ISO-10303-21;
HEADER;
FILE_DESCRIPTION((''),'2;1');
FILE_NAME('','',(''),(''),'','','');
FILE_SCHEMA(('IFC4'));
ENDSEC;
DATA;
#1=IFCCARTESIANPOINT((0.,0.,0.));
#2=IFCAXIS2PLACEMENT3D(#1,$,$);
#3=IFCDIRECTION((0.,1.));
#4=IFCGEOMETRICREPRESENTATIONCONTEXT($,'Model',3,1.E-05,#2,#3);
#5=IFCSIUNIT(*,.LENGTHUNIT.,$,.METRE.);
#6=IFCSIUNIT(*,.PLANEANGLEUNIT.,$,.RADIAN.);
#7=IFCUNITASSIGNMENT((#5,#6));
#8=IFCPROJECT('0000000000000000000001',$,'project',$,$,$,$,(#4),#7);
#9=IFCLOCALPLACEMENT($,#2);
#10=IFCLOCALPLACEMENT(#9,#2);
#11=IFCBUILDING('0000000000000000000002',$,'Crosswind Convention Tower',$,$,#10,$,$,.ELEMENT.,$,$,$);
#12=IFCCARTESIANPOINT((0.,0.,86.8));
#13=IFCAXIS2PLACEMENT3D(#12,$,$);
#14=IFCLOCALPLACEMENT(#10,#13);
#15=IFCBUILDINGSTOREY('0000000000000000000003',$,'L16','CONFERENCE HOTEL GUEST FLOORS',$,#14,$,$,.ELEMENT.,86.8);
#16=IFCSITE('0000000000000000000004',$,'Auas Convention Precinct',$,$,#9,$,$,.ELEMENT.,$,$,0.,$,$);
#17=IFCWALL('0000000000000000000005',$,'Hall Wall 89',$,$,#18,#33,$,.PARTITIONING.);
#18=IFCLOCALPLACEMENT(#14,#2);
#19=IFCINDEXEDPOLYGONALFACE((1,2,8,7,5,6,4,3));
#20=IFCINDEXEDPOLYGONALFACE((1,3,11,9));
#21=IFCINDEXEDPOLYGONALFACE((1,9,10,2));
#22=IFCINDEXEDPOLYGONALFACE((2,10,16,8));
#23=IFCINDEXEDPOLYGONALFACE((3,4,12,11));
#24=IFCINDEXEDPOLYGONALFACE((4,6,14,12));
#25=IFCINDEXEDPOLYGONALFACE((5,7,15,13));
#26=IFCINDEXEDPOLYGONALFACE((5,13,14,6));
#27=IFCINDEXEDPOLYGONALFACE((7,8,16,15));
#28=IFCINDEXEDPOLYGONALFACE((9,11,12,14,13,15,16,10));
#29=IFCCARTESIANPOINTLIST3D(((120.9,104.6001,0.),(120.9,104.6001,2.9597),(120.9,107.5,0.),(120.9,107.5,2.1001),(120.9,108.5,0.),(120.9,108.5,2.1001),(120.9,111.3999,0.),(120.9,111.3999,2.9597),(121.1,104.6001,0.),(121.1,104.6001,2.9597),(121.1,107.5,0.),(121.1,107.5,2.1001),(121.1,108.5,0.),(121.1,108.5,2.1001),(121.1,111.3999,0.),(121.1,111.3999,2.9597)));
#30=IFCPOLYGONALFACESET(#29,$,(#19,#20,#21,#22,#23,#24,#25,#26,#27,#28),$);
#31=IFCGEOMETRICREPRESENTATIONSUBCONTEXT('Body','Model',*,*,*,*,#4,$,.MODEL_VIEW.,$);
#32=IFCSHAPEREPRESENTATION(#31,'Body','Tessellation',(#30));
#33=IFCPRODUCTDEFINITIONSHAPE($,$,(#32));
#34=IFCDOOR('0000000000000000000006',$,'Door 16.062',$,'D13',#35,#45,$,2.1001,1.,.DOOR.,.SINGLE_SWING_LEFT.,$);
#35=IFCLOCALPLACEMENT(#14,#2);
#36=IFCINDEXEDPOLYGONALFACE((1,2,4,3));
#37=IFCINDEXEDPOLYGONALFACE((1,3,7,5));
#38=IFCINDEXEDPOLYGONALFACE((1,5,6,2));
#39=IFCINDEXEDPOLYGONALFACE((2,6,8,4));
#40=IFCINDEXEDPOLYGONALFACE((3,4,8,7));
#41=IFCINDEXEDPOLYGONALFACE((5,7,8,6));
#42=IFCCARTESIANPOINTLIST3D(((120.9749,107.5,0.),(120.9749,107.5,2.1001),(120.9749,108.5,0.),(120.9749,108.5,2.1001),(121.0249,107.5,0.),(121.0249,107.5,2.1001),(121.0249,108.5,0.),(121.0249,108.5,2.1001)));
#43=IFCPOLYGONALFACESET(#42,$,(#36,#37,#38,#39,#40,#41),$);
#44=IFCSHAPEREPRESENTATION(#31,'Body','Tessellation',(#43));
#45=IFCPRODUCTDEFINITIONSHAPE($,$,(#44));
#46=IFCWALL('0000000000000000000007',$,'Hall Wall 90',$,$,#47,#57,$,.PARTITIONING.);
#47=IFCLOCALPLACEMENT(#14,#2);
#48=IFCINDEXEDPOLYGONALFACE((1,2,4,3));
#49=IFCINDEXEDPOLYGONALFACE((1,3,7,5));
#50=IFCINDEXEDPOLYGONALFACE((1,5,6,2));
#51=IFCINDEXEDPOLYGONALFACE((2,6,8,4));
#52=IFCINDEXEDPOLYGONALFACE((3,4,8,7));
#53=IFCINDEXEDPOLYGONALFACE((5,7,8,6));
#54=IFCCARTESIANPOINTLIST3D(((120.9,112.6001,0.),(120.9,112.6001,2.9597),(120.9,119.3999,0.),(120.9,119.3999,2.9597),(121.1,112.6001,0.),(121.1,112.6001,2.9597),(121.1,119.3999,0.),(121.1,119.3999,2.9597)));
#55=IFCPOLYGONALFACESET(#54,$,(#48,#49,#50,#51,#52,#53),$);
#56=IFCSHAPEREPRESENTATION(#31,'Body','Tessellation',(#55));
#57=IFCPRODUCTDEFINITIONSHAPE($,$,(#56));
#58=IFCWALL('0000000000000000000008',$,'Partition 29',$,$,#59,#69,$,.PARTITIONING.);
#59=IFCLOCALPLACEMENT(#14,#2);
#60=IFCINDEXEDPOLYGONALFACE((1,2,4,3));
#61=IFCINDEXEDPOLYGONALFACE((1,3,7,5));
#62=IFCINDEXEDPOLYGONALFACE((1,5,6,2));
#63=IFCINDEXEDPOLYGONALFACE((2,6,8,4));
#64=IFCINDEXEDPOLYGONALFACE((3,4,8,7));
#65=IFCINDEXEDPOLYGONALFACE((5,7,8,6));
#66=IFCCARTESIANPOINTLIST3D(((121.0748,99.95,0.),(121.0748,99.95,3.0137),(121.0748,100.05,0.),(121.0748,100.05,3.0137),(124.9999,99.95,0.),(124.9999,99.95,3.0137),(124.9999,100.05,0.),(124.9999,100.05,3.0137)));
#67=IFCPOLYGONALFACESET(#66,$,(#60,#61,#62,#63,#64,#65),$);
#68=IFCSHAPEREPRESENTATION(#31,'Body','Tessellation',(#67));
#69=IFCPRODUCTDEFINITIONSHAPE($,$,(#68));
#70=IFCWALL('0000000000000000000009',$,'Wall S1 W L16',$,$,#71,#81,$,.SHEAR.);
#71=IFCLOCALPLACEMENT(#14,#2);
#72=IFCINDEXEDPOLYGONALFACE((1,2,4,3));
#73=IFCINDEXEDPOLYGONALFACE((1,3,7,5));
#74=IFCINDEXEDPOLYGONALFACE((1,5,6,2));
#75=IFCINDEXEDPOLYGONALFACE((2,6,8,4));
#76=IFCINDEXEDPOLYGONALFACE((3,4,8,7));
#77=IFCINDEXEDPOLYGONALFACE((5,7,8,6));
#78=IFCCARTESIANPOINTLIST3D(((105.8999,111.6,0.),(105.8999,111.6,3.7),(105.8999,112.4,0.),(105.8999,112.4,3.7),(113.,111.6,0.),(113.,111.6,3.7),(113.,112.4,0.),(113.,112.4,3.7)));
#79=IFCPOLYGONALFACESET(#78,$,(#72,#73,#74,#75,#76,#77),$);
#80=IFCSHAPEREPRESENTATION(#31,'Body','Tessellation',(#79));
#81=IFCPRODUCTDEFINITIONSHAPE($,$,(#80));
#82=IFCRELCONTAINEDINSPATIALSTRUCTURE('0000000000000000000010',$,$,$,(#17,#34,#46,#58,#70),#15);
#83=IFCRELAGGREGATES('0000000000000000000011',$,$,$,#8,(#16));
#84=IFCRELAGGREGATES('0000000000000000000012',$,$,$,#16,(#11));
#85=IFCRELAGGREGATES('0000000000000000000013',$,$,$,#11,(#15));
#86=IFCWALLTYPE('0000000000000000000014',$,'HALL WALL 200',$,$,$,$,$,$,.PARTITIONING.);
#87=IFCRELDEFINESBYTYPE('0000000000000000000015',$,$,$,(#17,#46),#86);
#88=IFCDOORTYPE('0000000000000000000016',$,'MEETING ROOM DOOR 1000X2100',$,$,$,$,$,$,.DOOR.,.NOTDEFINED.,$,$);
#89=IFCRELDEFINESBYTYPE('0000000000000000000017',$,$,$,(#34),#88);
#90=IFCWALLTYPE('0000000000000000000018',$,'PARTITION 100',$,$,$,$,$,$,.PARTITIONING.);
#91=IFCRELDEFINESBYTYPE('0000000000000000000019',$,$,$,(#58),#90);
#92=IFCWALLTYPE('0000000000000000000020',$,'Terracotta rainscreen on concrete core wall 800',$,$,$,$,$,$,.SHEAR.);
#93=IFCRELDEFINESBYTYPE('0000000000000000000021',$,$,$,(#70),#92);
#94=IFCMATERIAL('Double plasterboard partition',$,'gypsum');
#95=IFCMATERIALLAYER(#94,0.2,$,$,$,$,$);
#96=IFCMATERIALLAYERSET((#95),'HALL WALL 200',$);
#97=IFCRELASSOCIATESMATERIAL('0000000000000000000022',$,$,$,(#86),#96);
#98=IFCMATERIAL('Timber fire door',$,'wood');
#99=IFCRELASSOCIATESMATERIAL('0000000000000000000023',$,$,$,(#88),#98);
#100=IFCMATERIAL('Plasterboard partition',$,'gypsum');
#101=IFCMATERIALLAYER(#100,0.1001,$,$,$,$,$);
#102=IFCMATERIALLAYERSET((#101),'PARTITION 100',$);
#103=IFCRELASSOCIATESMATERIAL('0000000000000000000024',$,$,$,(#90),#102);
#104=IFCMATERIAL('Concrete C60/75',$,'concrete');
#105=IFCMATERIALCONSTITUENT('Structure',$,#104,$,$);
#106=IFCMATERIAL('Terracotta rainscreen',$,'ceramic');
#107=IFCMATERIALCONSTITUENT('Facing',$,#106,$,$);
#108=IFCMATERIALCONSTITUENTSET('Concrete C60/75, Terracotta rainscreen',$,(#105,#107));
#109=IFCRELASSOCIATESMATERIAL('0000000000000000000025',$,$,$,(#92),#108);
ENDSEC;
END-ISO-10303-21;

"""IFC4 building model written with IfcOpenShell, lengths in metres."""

from ifc_helpers import new_model, si_unit, direction, frame, frame_2d, origin, place, context, subcontext, project, spatial, rectangle, extrude, material, layer, layer_set, constituent, constituent_set, type_object, element, fill, save


model = new_model("IFC4")

# Units and contexts
model_context = context("Model", 3, precision=1e-05, world=origin(), true_north=direction((0.0, 1.0)))
body_context = subcontext(model_context, "Body", "Model", "MODEL_VIEW")
ifc_project = project(units=[si_unit("LENGTHUNIT", "METRE"), si_unit("PLANEANGLEUNIT", "RADIAN")], contexts=[model_context])

# Site, building, storey
site_placement = place(None, origin())
site = spatial("IfcSite", under=ifc_project, at=site_placement, Name="Auas Convention Precinct", CompositionType="ELEMENT", RefElevation=0.0)
building_placement = place(site_placement, origin())
building = spatial("IfcBuilding", under=site, at=building_placement, Name="Crosswind Convention Tower", CompositionType="ELEMENT")
storey_placement = place(building_placement, frame((0.0, 0.0, 86.8)))
storey = spatial("IfcBuildingStorey", under=building, at=storey_placement, Name="L16", Description="CONFERENCE HOTEL GUEST FLOORS", CompositionType="ELEMENT", Elevation=86.8)

# Shared definitions
ifc_material_1 = material(Name="Plasterboard partition", Category="gypsum")

# Shared definitions
ifc_material_2 = material(Name="Timber fire door", Category="wood")

# Wall, opening, door
ifc_material_3 = material(Name="Double plasterboard partition", Category="gypsum")
ifc_layer_1 = layer(ifc_material_3, 0.2)
ifc_layer_set_1 = layer_set([ifc_layer_1], Name="HALL WALL 200")
wall_type_1 = type_object("IfcWallType", Name="HALL WALL 200", PredefinedType="PARTITIONING", material=ifc_layer_set_1)
wall_1_placement = place(storey_placement, frame((121.0, 104.6001, 0.0), z_axis=(0.0, 0.0, 1.0), x_axis=(0.0, 1.0, 0.0)))
wall_1 = element("IfcWall", 1, at=wall_1_placement, inside=storey, type_object=wall_type_1, Name="Hall Wall 89", PredefinedType="PARTITIONING", context=body_context, shape_type="SweptSolid", body=[
    extrude(rectangle(XDim=6.7998, YDim=0.2, at=frame_2d((3.3999, 0.0))), origin(), (0.0, 0.0, 1.0), 2.9597),
])
opening_1_placement = place(wall_1_placement, frame((2.8999, 0.0, 0.0)))
opening_1 = element("IfcOpeningElement", 2, at=opening_1_placement, cuts=wall_1, PredefinedType="OPENING", context=body_context, shape_type="SweptSolid", body=[
    extrude(rectangle(XDim=1.0, YDim=2.1001, at=frame_2d((0.5, 1.05))), frame((0.0, 0.1099, 0.0), z_axis=(0.0, -1.0, 0.0), x_axis=(1.0, 0.0, 0.0)), (0.0, 0.0, 1.0), 0.22),
])
door_type_1 = type_object("IfcDoorType", Name="MEETING ROOM DOOR 1000X2100", OperationType="NOTDEFINED", PredefinedType="DOOR", material=ifc_material_2)
door_1_placement = place(opening_1_placement, frame((1.0, 0.0, 0.0), z_axis=(0.0, 0.0, 1.0), x_axis=(-1.0, 0.0, 0.0)))
door_1 = element("IfcDoor", 3, at=door_1_placement, inside=storey, type_object=door_type_1, Name="Door 16.062", ObjectType="D13", OperationType="SINGLE_SWING_LEFT", OverallHeight=2.1001, OverallWidth=1.0, PredefinedType="DOOR", context=body_context, shape_type="SweptSolid", body=[
    extrude(rectangle(XDim=1.0, YDim=2.1001, at=frame_2d((0.5, 1.05))), frame((0.0, 0.0249, 0.0), z_axis=(0.0, -1.0, 0.0), x_axis=(1.0, 0.0, 0.0)), (0.0, 0.0, 1.0), 0.05),
])
fill(opening_1, door_1)

# Walls
wall_2_placement = place(storey_placement, frame((121.0, 112.6001, 0.0), z_axis=(0.0, 0.0, 1.0), x_axis=(0.0, 1.0, 0.0)))
element("IfcWall", 4, at=wall_2_placement, inside=storey, type_object=wall_type_1, Name="Hall Wall 90", PredefinedType="PARTITIONING", context=body_context, shape_type="SweptSolid", body=[
    extrude(rectangle(XDim=6.7998, YDim=0.2, at=frame_2d((3.3999, 0.0))), origin(), (0.0, 0.0, 1.0), 2.9597),
])
ifc_layer_2 = layer(ifc_material_1, 0.1001)
ifc_layer_set_2 = layer_set([ifc_layer_2], Name="PARTITION 100")
wall_type_2 = type_object("IfcWallType", Name="PARTITION 100", PredefinedType="PARTITIONING", material=ifc_layer_set_2)
wall_3_placement = place(storey_placement, frame((121.075, 100.0, 0.0), z_axis=(0.0, 0.0, 1.0), x_axis=(1.0, 0.0, 0.0)))
element("IfcWall", 5, at=wall_3_placement, inside=storey, type_object=wall_type_2, Name="Partition 29", PredefinedType="PARTITIONING", context=body_context, shape_type="SweptSolid", body=[
    extrude(rectangle(XDim=3.925, YDim=0.1001, at=frame_2d((1.9624, 0.0))), origin(), (0.0, 0.0, 1.0), 3.0137),
])
ifc_material_4 = material(Name="Concrete C60/75", Category="concrete")
ifc_constituent_1 = constituent(ifc_material_4, Name="Structure")
ifc_material_5 = material(Name="Terracotta rainscreen", Category="ceramic")
ifc_constituent_2 = constituent(ifc_material_5, Name="Facing")
ifc_constituent_set = constituent_set(constituents=[ifc_constituent_1, ifc_constituent_2], Name="Concrete C60/75, Terracotta rainscreen")
wall_type_3 = type_object("IfcWallType", Name="Terracotta rainscreen on concrete core wall 800", PredefinedType="SHEAR", material=ifc_constituent_set)
wall_4_placement = place(storey_placement, frame((113.0, 112.0, 0.0), z_axis=(0.0, 0.0, 1.0), x_axis=(-1.0, 0.0, 0.0)))
element("IfcWall", 6, at=wall_4_placement, inside=storey, type_object=wall_type_3, Name="Wall S1 W L16", PredefinedType="SHEAR", context=body_context, shape_type="SweptSolid", body=[
    extrude(rectangle(XDim=7.1001, YDim=0.8, at=frame_2d((3.55, 0.0))), origin(), (0.0, 0.0, 1.0), 3.7),
])

save(model, "model.ifc")
